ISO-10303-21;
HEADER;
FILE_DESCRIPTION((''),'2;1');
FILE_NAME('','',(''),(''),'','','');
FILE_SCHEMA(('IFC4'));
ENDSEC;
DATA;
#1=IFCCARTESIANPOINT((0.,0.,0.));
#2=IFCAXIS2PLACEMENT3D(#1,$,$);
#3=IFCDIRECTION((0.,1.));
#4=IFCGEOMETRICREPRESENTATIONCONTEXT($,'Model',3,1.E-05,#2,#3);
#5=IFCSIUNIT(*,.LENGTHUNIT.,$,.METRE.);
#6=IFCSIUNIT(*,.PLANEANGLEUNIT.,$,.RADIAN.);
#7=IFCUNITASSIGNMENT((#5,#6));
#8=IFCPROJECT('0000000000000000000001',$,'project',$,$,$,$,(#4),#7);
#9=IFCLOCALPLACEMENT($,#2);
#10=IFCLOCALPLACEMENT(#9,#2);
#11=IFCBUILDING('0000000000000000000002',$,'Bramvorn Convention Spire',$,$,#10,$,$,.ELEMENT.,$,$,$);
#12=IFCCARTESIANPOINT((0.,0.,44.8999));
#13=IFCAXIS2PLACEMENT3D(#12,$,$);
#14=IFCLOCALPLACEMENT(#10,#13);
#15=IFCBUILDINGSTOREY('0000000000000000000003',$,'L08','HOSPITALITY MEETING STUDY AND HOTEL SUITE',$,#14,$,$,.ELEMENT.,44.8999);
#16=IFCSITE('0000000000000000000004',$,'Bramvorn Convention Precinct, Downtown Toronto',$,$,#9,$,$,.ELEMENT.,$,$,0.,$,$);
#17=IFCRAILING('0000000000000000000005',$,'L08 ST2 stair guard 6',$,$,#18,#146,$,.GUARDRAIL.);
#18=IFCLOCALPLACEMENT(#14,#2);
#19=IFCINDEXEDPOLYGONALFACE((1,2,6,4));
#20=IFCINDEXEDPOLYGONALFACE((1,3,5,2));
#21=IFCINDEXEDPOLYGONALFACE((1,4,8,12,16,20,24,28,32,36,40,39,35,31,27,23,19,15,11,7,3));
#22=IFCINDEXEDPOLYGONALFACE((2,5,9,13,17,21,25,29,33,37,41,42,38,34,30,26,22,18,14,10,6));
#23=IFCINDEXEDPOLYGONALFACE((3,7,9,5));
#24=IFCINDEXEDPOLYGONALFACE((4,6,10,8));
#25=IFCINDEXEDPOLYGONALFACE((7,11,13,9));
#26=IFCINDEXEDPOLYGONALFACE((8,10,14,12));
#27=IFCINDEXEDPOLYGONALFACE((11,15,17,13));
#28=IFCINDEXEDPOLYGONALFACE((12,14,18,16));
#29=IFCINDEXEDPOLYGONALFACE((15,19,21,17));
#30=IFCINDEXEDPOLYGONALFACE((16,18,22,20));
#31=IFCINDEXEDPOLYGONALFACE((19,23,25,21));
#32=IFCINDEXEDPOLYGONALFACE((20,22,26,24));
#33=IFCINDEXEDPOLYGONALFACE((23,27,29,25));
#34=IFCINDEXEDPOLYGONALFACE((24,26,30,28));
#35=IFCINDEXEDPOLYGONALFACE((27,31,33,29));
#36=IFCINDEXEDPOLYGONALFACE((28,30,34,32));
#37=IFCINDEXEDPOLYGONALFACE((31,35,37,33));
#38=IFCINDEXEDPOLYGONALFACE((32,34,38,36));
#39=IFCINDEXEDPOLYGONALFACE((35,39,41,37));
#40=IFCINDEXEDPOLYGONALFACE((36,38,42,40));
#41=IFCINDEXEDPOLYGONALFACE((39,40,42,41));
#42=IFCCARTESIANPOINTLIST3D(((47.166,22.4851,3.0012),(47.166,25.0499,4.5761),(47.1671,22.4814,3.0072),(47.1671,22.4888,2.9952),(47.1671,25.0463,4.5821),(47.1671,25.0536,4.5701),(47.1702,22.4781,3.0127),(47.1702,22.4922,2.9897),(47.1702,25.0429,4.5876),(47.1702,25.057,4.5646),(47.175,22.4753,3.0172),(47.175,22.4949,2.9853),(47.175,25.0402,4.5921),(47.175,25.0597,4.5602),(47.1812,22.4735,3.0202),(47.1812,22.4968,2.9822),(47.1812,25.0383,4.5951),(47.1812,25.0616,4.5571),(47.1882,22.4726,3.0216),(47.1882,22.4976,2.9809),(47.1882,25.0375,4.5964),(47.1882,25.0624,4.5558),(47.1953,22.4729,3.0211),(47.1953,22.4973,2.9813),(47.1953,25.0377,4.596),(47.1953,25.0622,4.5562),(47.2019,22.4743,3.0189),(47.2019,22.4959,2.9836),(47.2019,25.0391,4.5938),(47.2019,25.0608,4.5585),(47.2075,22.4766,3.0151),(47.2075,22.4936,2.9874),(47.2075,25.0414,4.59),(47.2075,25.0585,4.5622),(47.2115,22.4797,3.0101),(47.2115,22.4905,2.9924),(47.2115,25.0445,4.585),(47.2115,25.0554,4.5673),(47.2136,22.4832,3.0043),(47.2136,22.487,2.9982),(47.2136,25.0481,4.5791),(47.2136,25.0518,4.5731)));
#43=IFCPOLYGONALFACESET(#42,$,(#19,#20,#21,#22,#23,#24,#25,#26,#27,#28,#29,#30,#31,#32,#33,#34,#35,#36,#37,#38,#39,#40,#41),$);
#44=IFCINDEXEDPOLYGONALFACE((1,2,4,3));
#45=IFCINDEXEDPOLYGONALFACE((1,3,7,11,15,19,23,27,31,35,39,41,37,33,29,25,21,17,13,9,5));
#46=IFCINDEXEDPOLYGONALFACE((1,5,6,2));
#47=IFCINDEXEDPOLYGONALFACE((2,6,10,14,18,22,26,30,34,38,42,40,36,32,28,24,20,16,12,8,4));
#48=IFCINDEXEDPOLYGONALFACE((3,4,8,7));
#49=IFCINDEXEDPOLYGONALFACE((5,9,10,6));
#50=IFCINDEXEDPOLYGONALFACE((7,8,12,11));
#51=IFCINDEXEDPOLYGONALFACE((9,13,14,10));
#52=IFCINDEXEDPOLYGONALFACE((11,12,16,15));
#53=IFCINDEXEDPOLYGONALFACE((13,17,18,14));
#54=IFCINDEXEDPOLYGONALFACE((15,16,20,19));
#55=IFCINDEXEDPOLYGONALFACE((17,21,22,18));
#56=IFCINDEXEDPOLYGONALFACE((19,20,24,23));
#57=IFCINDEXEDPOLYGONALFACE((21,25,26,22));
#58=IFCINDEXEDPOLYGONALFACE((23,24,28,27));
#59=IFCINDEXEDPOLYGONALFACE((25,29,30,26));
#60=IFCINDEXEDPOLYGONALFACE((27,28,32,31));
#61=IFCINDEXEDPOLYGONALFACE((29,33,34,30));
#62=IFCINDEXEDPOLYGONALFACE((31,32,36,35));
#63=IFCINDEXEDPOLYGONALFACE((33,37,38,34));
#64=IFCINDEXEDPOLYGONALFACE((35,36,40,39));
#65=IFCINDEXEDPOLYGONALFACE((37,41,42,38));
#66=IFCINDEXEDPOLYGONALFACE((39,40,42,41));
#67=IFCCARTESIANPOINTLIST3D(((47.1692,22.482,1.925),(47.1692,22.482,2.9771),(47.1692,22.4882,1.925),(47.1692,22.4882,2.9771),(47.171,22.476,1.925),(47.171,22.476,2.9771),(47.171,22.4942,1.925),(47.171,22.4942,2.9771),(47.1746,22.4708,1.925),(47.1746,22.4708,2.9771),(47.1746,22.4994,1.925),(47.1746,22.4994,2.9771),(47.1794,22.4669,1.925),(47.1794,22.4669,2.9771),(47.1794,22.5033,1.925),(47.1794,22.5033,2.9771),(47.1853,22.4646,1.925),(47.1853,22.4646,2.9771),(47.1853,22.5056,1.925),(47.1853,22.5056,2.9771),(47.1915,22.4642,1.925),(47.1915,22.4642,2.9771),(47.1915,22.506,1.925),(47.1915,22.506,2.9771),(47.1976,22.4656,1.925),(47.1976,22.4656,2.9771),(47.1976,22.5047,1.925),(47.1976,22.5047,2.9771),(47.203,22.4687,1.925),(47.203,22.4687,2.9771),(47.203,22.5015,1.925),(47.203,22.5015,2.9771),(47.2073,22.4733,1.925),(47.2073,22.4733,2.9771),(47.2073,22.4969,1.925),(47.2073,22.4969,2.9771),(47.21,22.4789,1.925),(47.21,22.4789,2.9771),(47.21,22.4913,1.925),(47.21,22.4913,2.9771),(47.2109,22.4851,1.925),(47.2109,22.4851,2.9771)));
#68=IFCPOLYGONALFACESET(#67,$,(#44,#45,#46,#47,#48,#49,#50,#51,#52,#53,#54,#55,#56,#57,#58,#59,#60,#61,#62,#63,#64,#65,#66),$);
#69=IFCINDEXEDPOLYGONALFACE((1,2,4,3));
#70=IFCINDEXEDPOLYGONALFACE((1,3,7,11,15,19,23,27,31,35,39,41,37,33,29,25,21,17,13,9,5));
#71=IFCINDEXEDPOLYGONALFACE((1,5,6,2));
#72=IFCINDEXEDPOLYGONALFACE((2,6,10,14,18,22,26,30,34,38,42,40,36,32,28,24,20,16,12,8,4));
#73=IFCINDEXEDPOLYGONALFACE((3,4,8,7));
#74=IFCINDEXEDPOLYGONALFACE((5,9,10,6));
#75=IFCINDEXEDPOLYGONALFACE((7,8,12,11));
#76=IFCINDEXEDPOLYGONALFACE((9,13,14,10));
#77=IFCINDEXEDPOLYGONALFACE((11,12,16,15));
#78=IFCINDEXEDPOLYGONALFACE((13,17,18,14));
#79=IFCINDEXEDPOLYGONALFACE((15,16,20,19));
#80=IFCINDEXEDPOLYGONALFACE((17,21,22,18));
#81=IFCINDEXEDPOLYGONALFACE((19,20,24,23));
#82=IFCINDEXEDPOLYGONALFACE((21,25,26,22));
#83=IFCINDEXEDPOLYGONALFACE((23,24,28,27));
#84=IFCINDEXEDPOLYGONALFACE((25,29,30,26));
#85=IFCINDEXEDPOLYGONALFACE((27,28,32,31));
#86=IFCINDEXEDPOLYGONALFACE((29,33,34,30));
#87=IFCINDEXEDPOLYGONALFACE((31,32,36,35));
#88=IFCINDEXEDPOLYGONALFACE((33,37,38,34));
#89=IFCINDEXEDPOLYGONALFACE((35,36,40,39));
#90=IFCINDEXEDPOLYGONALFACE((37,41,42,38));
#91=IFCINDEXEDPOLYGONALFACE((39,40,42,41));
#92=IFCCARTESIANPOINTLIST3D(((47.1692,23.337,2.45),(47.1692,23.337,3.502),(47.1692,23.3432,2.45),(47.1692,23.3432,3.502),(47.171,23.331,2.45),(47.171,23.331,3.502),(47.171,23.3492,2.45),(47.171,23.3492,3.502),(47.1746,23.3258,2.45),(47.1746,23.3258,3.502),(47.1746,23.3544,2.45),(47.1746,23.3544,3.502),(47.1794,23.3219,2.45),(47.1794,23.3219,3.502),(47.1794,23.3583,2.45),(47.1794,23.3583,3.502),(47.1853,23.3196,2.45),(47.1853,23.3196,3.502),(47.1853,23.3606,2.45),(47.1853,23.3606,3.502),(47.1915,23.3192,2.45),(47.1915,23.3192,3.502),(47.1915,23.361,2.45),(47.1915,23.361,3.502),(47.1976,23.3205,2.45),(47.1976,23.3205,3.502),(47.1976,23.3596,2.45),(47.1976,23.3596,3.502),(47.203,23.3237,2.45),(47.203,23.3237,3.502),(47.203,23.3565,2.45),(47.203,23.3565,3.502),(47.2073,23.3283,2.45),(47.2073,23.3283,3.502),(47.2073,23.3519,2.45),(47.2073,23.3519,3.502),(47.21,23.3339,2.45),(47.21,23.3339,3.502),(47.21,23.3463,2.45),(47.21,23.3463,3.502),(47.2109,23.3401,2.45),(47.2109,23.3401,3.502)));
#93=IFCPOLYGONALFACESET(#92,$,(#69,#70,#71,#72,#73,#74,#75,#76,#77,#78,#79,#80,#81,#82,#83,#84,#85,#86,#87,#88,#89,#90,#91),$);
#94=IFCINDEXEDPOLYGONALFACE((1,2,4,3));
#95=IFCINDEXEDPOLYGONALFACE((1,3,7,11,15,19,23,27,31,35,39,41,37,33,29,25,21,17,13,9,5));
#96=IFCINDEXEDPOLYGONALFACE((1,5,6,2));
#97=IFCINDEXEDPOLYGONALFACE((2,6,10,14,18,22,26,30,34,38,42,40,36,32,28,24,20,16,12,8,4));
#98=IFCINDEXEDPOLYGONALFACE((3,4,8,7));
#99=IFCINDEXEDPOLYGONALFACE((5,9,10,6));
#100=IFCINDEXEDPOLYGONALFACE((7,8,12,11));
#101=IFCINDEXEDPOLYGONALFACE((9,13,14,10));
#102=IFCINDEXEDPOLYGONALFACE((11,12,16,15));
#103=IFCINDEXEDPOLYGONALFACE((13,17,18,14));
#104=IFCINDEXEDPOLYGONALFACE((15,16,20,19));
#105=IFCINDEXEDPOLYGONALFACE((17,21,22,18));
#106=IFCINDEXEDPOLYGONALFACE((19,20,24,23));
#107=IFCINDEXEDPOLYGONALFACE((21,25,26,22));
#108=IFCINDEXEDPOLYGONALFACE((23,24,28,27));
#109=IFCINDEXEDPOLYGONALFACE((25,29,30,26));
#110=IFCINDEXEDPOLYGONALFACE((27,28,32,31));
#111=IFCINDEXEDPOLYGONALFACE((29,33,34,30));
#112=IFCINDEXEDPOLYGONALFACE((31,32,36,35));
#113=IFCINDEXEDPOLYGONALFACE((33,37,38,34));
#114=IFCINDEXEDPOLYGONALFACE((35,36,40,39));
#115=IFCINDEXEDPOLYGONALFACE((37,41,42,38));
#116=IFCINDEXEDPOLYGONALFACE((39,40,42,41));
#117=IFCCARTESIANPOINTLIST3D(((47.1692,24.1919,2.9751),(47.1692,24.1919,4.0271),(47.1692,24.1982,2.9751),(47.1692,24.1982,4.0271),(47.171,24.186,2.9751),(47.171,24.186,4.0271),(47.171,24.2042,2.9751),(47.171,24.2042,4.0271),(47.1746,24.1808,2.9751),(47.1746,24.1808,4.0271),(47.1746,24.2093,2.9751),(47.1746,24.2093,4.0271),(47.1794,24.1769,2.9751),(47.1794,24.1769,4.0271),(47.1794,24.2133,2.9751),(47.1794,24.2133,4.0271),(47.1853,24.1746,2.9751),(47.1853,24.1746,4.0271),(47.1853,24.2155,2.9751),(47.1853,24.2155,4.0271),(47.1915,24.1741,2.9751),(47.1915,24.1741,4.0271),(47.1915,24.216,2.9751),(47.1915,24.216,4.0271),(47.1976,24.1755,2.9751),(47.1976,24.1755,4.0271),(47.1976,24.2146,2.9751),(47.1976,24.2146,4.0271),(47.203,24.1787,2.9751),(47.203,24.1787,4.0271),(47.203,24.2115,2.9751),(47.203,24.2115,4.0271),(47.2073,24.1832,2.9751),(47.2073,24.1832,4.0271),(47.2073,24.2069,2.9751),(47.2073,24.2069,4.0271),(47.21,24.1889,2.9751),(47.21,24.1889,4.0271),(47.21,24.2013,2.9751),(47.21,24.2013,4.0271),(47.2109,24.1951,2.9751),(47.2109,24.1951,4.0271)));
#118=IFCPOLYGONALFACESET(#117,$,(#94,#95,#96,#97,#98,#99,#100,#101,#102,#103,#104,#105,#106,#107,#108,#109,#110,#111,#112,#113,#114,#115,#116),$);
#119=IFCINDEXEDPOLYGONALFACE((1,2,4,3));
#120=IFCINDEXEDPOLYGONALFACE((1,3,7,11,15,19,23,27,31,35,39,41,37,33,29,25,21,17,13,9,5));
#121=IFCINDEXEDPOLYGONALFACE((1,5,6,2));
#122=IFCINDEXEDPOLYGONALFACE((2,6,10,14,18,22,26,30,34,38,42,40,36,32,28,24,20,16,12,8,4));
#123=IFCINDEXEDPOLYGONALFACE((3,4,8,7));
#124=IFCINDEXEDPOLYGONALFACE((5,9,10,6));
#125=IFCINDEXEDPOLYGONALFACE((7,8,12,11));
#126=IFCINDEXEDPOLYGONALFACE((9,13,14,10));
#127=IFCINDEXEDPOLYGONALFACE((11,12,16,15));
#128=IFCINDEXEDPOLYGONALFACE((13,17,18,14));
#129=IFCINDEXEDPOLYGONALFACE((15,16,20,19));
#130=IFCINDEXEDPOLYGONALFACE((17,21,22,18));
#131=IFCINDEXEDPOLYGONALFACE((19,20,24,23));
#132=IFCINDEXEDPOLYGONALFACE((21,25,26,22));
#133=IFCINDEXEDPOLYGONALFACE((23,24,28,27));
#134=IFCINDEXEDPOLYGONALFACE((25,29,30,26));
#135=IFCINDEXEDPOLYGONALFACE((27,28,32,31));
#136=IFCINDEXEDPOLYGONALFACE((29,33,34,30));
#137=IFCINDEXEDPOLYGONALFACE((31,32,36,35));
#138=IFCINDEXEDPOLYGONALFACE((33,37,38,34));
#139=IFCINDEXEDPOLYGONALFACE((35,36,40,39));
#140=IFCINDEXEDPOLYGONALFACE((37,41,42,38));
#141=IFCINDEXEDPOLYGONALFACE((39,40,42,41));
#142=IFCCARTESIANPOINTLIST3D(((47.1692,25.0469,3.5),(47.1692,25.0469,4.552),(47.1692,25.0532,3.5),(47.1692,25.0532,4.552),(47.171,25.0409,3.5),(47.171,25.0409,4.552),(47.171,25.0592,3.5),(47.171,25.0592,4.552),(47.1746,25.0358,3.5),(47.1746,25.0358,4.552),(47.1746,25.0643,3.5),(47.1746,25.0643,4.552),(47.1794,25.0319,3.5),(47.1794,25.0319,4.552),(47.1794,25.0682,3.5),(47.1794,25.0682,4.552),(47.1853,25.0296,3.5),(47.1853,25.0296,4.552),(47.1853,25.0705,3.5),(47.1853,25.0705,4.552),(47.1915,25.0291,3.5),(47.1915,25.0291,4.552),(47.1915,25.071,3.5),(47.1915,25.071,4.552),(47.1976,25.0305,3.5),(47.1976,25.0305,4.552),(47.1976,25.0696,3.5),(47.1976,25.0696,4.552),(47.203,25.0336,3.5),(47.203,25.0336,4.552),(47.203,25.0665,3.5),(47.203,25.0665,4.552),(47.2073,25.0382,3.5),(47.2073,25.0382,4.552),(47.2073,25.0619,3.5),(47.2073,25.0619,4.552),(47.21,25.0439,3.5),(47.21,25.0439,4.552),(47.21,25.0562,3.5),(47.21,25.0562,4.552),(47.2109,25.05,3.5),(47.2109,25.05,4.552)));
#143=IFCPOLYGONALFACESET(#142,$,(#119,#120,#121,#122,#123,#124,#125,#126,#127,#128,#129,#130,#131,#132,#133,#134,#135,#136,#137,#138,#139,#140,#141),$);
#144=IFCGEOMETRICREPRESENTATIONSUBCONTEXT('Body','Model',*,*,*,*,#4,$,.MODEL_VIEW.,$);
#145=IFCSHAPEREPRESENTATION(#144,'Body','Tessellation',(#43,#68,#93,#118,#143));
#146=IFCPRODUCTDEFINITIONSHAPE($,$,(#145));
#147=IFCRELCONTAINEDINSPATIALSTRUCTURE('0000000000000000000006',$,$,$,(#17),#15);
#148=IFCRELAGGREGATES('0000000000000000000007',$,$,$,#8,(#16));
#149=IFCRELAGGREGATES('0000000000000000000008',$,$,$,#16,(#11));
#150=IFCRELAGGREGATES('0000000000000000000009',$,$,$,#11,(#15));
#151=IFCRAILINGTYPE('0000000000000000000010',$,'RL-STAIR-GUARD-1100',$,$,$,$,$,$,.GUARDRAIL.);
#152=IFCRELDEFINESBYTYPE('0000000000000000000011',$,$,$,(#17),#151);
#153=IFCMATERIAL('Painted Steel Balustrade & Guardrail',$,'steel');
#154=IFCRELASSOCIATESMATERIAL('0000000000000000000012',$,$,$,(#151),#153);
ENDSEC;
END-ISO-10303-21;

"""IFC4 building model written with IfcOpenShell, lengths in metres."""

from ifc_helpers import new_model, si_unit, direction, frame, origin, origin_2d, place, context, subcontext, project, spatial, circle, extrude, material, type_object, element, save


model = new_model("IFC4")

# Units and contexts
model_context = context("Model", 3, precision=1e-05, world=origin(), true_north=direction((0.0, 1.0)))
body_context = subcontext(model_context, "Body", "Model", "MODEL_VIEW")
ifc_project = project(units=[si_unit("LENGTHUNIT", "METRE"), si_unit("PLANEANGLEUNIT", "RADIAN")], contexts=[model_context])

# Site, building, storey
site_placement = place(None, origin())
site = spatial("IfcSite", under=ifc_project, at=site_placement, Name="Bramvorn Convention Precinct, Downtown Toronto", CompositionType="ELEMENT", RefElevation=0.0)
building_placement = place(site_placement, origin())
building = spatial("IfcBuilding", under=site, at=building_placement, Name="Bramvorn Convention Spire", CompositionType="ELEMENT")
storey_placement = place(building_placement, frame((0.0, 0.0, 44.8999)))
storey = spatial("IfcBuildingStorey", under=building, at=storey_placement, Name="L08", Description="HOSPITALITY MEETING STUDY AND HOTEL SUITE", CompositionType="ELEMENT", Elevation=44.8999)

# Railing
ifc_material_1 = material(Name="Painted Steel Balustrade & Guardrail", Category="steel")
railing_type_1 = type_object("IfcRailingType", Name="RL-STAIR-GUARD-1100", PredefinedType="GUARDRAIL", material=ifc_material_1)
railing_1_placement = place(storey_placement, frame((47.1899, 22.4851, 1.925)))
element("IfcRailing", 1, at=railing_1_placement, inside=storey, type_object=railing_type_1, Name="L08 ST2 stair guard 6", PredefinedType="GUARDRAIL", context=body_context, shape_type="SweptSolid", body=[
    extrude(circle(Radius=0.0239, at=origin_2d()), frame((0.0, 0.0, 1.0762), z_axis=(0.0, 0.852173, 0.52326), x_axis=(-1.0, 0.0, 0.0)), (0.0, 0.0, 1.0), 3.0098),
    extrude(circle(Radius=0.021, at=origin_2d()), origin(), (0.0, 0.0, 1.0), 1.052),
    extrude(circle(Radius=0.021, at=origin_2d()), frame((0.0, 0.855, 0.5249)), (0.0, 0.0, 1.0), 1.052),
    extrude(circle(Radius=0.021, at=origin_2d()), frame((0.0, 1.71, 1.05)), (0.0, 0.0, 1.0), 1.052),
    extrude(circle(Radius=0.021, at=origin_2d()), frame((0.0, 2.5649, 1.575)), (0.0, 0.0, 1.0), 1.052),
])

save(model, "model.ifc")
